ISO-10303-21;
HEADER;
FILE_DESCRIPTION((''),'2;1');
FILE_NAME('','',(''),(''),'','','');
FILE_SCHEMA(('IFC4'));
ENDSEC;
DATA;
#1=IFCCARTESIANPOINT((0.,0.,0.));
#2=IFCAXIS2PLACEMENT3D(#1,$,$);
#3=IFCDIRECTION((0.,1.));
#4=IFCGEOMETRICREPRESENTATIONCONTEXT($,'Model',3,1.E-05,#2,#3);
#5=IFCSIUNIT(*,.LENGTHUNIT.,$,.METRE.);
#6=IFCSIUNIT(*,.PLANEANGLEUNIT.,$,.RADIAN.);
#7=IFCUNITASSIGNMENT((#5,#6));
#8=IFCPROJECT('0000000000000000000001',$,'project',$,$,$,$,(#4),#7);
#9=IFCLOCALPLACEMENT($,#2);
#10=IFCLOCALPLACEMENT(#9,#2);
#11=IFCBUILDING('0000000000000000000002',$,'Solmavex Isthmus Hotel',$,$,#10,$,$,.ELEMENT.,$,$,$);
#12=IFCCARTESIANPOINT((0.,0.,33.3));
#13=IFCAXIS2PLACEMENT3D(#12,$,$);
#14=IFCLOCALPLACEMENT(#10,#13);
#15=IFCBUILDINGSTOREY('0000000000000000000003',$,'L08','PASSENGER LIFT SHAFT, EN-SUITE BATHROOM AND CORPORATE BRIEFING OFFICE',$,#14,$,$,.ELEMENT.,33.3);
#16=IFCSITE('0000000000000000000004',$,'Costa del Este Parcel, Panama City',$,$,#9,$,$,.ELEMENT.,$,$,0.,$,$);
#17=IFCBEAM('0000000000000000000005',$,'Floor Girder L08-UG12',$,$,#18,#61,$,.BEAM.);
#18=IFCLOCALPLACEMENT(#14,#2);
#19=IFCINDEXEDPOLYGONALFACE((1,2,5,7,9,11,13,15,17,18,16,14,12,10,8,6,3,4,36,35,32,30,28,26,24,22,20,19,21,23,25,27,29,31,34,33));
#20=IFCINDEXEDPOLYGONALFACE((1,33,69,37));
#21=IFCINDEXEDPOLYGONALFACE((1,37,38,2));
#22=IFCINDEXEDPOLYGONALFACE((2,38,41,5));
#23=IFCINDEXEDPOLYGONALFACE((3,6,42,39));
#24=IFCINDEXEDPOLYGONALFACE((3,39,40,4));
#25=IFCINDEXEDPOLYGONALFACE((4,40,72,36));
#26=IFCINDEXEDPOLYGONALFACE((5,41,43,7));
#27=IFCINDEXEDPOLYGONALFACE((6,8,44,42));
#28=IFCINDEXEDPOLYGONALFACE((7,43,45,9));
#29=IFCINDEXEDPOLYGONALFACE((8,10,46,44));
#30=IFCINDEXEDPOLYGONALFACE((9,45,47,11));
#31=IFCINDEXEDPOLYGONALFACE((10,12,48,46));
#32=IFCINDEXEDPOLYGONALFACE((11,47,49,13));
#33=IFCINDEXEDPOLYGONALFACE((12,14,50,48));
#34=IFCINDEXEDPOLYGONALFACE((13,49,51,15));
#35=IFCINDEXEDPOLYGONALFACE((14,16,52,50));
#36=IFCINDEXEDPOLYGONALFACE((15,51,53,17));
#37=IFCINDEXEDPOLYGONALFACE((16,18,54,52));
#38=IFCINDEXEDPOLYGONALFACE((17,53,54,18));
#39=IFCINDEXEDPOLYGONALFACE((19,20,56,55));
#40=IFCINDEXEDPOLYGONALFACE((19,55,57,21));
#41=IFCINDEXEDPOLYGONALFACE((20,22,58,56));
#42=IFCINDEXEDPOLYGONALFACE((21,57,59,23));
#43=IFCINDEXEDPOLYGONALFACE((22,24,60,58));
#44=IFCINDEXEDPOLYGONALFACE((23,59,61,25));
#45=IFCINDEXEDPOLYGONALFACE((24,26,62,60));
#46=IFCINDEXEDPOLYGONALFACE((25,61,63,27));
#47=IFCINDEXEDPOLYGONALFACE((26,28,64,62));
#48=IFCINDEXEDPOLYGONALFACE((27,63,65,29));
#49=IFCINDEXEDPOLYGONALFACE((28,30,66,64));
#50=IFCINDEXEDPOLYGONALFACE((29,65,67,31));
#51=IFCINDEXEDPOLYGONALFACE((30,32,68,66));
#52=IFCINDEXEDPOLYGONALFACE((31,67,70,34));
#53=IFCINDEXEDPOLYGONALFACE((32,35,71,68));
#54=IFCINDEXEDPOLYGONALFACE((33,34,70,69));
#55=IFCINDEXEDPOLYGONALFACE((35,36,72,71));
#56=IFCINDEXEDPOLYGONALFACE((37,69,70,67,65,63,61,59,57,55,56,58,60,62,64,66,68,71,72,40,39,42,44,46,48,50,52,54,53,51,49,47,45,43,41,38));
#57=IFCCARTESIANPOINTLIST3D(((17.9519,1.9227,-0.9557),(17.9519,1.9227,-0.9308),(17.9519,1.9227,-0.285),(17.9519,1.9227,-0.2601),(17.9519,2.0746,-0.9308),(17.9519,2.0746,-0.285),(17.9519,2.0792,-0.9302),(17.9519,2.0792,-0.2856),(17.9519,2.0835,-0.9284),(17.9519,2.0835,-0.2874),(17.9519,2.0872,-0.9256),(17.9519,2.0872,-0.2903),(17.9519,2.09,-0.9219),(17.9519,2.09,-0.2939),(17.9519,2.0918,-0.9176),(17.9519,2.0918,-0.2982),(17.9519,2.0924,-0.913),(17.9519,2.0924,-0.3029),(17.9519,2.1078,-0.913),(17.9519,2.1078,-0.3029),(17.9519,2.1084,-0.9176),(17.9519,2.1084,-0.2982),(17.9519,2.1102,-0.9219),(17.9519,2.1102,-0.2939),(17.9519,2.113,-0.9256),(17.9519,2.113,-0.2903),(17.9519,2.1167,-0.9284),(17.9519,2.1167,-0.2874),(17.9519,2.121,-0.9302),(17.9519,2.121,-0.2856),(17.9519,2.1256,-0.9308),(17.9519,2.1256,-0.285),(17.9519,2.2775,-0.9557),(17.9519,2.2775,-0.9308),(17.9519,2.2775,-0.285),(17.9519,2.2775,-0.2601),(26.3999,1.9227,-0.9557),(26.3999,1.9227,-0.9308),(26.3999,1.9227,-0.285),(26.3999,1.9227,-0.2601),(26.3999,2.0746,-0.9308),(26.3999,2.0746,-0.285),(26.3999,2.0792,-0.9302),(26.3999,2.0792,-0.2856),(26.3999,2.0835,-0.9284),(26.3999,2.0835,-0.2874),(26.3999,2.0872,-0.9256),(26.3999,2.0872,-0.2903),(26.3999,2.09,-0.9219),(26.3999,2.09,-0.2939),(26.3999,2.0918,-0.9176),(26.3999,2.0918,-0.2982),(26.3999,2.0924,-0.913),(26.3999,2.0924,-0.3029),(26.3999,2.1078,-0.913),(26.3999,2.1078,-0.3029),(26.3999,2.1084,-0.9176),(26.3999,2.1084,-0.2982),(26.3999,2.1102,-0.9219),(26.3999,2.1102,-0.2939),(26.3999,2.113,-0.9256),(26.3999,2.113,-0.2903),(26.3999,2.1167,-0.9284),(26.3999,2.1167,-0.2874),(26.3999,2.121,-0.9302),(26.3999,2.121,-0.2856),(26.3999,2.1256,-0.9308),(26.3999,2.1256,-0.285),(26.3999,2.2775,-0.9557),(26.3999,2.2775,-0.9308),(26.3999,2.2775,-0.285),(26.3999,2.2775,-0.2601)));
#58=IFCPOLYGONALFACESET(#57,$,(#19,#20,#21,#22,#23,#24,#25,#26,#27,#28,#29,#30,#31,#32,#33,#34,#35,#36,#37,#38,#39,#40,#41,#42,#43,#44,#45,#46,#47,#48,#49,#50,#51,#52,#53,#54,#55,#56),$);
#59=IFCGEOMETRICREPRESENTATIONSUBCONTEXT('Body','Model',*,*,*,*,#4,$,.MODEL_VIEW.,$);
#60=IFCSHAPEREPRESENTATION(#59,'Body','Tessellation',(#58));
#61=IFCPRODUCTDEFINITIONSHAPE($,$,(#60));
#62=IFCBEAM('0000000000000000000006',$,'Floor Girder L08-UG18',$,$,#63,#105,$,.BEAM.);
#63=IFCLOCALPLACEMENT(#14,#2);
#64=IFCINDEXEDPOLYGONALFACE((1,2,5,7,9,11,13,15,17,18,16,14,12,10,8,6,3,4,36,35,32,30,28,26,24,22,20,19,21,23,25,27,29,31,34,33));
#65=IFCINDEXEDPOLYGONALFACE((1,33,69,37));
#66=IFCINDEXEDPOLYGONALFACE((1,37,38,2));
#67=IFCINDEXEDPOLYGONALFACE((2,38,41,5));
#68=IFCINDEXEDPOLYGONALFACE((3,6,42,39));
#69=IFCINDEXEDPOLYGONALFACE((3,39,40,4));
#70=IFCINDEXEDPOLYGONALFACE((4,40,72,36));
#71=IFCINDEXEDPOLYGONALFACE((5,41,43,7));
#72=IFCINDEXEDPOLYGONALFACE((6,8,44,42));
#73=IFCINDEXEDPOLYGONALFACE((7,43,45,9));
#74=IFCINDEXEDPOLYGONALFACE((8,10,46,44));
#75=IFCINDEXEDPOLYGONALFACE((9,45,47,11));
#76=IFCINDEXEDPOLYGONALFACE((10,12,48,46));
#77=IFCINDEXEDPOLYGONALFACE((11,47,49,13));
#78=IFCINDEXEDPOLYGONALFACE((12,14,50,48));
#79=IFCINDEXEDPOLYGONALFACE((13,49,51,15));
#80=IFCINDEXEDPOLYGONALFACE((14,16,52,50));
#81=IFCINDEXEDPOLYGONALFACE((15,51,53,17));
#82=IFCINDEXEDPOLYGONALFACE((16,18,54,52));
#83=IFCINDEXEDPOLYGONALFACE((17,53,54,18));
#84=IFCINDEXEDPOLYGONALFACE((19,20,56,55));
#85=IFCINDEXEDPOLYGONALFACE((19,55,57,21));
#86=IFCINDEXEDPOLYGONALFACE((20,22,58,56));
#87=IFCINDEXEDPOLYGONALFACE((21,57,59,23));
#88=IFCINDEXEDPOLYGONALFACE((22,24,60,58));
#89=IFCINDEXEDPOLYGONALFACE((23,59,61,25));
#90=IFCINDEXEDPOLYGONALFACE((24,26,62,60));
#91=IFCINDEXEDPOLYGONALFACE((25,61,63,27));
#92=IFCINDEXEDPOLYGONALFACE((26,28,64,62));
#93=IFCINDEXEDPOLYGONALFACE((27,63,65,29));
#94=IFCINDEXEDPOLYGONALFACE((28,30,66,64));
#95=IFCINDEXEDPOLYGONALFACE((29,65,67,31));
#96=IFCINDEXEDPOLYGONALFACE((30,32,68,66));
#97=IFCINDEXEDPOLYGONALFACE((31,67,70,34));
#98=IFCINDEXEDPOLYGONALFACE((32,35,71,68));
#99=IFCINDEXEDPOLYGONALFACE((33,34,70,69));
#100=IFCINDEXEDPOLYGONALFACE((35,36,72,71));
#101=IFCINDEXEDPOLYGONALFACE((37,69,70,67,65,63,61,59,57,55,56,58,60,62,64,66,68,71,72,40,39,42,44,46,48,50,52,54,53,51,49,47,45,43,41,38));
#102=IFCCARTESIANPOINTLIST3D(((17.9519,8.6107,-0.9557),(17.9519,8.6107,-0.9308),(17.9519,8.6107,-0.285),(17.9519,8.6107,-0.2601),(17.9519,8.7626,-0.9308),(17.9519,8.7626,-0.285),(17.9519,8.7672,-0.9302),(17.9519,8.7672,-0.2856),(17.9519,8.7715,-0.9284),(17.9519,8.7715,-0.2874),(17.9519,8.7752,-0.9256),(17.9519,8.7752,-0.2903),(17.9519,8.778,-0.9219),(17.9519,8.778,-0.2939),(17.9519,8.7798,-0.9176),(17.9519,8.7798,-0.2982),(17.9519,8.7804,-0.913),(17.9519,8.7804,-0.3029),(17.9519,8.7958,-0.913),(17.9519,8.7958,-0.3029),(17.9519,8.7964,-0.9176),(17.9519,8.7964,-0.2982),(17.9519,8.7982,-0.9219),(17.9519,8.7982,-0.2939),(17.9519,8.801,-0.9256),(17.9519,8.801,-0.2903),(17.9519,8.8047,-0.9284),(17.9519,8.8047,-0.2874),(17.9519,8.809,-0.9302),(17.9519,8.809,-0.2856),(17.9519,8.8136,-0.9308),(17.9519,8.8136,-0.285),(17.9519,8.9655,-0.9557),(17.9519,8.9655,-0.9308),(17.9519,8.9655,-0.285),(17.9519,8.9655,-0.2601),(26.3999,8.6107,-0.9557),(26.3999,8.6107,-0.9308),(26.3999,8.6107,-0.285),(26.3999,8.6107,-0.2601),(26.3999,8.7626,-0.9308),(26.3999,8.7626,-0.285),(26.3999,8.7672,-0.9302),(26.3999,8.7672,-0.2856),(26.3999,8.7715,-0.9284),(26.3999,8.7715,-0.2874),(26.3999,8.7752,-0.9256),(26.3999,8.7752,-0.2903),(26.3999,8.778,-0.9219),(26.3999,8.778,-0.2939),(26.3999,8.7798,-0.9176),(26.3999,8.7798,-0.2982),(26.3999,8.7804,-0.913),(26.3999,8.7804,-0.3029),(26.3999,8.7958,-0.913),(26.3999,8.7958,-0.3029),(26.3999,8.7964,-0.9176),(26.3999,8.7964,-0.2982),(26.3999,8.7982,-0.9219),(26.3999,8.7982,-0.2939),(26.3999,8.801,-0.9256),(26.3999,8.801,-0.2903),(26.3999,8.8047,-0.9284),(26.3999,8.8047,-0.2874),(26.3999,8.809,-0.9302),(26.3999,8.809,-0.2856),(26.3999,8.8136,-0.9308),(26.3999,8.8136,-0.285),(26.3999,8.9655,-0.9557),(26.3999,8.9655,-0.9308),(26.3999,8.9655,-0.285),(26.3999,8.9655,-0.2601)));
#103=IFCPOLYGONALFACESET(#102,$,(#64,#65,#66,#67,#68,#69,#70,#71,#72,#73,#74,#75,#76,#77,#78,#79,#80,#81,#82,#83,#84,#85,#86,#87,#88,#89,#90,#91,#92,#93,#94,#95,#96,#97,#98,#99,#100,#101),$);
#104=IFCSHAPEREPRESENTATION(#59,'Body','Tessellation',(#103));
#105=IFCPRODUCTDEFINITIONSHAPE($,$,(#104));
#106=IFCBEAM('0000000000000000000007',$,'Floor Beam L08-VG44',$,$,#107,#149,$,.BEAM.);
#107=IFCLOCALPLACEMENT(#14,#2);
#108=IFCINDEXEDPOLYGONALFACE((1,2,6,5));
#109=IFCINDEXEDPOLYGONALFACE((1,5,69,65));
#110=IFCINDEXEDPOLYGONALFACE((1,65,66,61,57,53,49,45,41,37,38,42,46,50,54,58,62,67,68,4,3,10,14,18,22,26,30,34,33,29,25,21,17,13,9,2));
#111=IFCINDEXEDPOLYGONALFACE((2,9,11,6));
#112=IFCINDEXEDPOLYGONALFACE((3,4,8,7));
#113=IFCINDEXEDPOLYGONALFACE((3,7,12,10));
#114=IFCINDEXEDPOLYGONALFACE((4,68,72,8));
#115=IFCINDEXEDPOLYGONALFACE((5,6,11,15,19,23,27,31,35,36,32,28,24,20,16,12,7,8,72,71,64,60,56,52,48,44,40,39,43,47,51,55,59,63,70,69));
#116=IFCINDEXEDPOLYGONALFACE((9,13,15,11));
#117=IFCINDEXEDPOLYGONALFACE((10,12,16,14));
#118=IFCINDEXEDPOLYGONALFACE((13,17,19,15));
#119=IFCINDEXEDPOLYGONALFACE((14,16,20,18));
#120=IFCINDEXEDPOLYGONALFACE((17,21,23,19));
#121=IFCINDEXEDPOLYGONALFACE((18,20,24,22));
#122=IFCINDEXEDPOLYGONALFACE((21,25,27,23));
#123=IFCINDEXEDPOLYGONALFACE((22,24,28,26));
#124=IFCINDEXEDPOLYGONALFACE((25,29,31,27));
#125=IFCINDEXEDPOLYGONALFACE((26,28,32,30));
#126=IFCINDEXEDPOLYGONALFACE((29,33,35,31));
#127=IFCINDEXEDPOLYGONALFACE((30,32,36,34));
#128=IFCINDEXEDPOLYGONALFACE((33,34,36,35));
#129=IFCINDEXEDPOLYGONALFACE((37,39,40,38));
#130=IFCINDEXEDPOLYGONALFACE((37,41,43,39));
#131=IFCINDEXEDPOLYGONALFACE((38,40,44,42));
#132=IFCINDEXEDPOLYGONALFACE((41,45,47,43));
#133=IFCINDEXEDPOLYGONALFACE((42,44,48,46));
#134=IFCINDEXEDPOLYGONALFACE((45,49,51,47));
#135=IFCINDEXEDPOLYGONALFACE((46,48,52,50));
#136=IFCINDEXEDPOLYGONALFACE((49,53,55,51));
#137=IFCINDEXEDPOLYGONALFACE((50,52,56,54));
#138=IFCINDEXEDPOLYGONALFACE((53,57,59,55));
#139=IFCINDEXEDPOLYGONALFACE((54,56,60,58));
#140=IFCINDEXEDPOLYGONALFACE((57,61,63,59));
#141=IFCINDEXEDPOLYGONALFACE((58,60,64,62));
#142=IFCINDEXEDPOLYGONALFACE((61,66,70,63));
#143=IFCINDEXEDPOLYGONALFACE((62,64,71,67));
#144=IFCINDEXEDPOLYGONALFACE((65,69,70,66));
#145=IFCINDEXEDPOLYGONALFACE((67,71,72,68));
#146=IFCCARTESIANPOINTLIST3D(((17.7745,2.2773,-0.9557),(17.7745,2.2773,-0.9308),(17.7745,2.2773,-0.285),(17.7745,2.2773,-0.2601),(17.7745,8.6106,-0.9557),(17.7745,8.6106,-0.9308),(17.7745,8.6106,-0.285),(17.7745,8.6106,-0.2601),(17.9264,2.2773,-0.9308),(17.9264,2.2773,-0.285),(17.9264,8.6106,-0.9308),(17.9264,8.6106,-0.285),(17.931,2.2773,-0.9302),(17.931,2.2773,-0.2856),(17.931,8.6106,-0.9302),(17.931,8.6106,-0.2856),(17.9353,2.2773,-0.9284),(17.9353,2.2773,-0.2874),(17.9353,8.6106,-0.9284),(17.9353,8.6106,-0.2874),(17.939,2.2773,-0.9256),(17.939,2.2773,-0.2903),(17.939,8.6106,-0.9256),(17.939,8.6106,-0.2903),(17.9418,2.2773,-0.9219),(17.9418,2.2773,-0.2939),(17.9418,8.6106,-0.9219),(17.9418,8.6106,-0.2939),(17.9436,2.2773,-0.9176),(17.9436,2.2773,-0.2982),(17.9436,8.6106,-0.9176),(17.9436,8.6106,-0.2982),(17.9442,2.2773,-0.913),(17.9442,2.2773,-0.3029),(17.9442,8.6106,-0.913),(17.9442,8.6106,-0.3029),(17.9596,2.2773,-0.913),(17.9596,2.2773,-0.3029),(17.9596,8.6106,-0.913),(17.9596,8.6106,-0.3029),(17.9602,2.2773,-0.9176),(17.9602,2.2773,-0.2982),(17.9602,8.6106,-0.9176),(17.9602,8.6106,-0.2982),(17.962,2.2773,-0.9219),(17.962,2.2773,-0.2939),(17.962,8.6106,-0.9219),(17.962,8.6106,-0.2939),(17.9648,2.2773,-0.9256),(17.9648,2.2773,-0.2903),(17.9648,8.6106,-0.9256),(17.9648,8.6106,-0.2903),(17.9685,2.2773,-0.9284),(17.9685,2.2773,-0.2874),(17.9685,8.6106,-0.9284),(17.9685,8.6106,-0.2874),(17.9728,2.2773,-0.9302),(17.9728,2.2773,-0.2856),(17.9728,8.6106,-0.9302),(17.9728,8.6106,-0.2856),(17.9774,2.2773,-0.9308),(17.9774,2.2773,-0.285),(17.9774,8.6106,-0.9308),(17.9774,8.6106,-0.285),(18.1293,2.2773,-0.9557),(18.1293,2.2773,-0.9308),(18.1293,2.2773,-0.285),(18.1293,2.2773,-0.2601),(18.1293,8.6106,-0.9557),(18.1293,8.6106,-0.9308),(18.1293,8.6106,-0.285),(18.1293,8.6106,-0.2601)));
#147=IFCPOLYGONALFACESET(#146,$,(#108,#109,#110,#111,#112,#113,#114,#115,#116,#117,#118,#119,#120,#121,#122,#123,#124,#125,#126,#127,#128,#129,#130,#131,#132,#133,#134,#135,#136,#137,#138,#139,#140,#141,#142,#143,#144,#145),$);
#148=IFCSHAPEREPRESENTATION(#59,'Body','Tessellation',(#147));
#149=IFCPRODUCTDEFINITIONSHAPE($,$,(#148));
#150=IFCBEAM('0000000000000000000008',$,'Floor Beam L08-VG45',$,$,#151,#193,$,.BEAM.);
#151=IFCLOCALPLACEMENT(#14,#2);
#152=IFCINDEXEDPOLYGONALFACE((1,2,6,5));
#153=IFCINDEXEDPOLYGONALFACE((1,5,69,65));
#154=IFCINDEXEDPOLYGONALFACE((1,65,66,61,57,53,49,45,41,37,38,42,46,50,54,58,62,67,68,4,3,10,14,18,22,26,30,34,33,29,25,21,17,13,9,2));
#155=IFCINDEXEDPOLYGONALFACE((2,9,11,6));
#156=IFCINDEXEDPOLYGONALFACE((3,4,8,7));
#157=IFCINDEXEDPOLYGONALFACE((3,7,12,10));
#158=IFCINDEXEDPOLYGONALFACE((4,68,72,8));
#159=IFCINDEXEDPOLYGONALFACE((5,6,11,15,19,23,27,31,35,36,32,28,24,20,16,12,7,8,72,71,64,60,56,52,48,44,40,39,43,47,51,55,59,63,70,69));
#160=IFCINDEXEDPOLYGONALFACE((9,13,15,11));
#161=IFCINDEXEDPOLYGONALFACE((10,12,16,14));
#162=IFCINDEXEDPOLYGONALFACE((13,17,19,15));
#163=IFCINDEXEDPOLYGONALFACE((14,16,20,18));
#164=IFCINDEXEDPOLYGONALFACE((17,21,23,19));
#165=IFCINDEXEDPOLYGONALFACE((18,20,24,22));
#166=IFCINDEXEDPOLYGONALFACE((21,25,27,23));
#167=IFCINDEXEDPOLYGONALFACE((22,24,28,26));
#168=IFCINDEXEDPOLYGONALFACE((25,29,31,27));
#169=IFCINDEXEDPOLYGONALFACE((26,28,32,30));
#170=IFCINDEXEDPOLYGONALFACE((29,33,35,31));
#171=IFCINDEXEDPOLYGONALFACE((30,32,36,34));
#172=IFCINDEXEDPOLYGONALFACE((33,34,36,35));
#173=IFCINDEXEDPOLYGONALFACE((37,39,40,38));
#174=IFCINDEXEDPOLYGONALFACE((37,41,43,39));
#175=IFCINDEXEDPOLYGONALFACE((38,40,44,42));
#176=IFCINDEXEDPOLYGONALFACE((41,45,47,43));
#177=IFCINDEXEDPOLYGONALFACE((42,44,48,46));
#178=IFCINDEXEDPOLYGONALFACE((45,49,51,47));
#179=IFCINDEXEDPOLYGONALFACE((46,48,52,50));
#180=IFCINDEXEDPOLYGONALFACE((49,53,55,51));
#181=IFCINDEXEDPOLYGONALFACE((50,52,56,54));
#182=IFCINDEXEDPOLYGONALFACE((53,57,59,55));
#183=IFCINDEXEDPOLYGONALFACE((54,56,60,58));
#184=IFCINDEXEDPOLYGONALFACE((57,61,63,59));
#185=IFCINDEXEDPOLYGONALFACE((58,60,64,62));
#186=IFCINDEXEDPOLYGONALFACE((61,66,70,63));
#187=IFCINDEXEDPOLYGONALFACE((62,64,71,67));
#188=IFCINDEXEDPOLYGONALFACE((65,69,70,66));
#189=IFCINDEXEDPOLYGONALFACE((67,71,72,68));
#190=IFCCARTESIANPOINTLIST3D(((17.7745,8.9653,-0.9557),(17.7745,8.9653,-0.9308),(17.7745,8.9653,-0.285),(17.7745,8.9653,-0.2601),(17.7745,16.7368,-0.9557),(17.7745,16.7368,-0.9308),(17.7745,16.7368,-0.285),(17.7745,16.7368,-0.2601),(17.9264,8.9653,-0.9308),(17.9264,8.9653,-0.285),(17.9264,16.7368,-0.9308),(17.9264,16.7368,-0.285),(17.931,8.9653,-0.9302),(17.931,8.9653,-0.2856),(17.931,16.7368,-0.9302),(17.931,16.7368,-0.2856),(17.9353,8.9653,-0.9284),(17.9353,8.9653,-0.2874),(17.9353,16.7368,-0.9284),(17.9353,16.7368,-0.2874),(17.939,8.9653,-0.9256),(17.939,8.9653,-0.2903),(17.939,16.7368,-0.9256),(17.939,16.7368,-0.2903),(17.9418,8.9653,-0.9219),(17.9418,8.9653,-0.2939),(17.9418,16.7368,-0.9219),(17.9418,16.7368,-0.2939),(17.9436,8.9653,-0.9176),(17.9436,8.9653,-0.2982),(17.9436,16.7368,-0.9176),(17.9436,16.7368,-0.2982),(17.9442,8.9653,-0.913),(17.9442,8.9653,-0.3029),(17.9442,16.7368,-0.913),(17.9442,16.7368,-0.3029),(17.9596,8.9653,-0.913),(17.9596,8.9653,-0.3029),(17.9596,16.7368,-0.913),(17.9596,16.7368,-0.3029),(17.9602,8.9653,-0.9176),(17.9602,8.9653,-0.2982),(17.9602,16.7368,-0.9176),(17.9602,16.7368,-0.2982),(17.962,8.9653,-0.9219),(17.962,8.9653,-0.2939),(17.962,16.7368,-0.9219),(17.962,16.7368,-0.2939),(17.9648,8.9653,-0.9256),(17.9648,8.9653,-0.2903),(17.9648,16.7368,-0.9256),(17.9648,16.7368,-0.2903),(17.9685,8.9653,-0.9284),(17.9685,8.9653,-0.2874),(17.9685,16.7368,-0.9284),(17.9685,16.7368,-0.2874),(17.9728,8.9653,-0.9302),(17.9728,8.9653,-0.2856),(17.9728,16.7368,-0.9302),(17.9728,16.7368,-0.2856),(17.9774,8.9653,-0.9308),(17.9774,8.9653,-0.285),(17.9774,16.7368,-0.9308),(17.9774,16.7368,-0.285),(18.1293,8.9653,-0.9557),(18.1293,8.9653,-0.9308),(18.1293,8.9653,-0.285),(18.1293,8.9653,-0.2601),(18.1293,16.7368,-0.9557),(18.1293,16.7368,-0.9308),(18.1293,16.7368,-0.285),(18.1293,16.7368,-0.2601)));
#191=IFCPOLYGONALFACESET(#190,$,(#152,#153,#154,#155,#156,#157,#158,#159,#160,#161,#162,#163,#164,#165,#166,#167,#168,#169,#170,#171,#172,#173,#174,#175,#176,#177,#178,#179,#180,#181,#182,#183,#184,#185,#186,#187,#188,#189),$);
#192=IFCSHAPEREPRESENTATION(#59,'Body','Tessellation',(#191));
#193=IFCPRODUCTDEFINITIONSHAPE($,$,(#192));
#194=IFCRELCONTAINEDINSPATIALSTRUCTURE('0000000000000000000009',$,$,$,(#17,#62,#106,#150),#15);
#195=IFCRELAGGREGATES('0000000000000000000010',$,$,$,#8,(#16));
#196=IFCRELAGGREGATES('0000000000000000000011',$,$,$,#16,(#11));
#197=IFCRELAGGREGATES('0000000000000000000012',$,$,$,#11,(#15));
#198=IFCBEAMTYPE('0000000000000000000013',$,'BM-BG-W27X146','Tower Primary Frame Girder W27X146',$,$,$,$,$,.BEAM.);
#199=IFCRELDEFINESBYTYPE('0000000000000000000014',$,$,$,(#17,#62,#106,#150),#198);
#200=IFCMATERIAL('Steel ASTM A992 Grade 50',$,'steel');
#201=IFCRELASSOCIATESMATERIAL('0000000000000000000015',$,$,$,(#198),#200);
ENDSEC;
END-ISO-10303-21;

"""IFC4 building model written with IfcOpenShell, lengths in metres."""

from ifc_helpers import new_model, si_unit, direction, frame, origin, origin_2d, place, context, subcontext, project, spatial, i_section, extrude, material, material_profile, profile_set, type_object, element, save


model = new_model("IFC4")

# Units and contexts
model_context = context("Model", 3, precision=1e-05, world=origin(), true_north=direction((0.0, 1.0)))
body_context = subcontext(model_context, "Body", "Model", "MODEL_VIEW")
ifc_project = project(units=[si_unit("LENGTHUNIT", "METRE"), si_unit("PLANEANGLEUNIT", "RADIAN")], contexts=[model_context])

# Site, building, storey
site_placement = place(None, origin())
site = spatial("IfcSite", under=ifc_project, at=site_placement, Name="Costa del Este Parcel, Panama City", CompositionType="ELEMENT", RefElevation=0.0)
building_placement = place(site_placement, origin())
building = spatial("IfcBuilding", under=site, at=building_placement, Name="Solmavex Isthmus Hotel", CompositionType="ELEMENT")
storey_placement = place(building_placement, frame((0.0, 0.0, 33.3)))
storey = spatial("IfcBuildingStorey", under=building, at=storey_placement, Name="L08", Description="PASSENGER LIFT SHAFT, EN-SUITE BATHROOM AND CORPORATE BRIEFING OFFICE", CompositionType="ELEMENT", Elevation=33.3)

# Beams
ifc_material_1 = material(Name="Steel ASTM A992 Grade 50", Category="steel")
ifc_material_profile_1 = material_profile(ifc_material_1, i_section(OverallWidth=0.3547, OverallDepth=0.6956, WebThickness=0.0154, FlangeThickness=0.0249, FilletRadius=0.0178, at=origin_2d()), Name="W27X146")
ifc_profile_set_1 = profile_set([ifc_material_profile_1], Name="Steel ASTM A992 Grade 50")
beam_type_1 = type_object("IfcBeamType", Name="BM-BG-W27X146", Description="Tower Primary Frame Girder W27X146", PredefinedType="BEAM", material=ifc_profile_set_1)
for number, where, z_axis, x_axis, name in (
    (1, (17.9519, 2.1001, -0.6079), (1.0, 0.0, 0.0), (0.0, 1.0, 0.0), "Floor Girder L08-UG12"),
    (2, (17.9519, 8.7881, -0.6079), (1.0, 0.0, 0.0), (0.0, 1.0, 0.0), "Floor Girder L08-UG18"),
):
    element("IfcBeam", number, at=place(storey_placement, frame(where, z_axis=z_axis, x_axis=x_axis)), inside=storey, type_object=beam_type_1, Name=name, PredefinedType="BEAM", context=body_context, shape_type="SweptSolid", body=[
        extrude(i_section(OverallWidth=0.3547, OverallDepth=0.6956, WebThickness=0.0154, FlangeThickness=0.0249, FilletRadius=0.0178, at=origin_2d()), origin(), (0.0, 0.0, 1.0), 8.448),
    ])
beam_1_placement = place(storey_placement, frame((17.9519, 2.2773, -0.6079), z_axis=(0.0, 1.0, 0.0), x_axis=(-1.0, 0.0, 0.0)))
element("IfcBeam", 3, at=beam_1_placement, inside=storey, type_object=beam_type_1, Name="Floor Beam L08-VG44", PredefinedType="BEAM", context=body_context, shape_type="SweptSolid", body=[
    extrude(i_section(OverallWidth=0.3547, OverallDepth=0.6956, WebThickness=0.0154, FlangeThickness=0.0249, FilletRadius=0.0178, at=origin_2d()), origin(), (0.0, 0.0, 1.0), 6.3333),
])
beam_2_placement = place(storey_placement, frame((17.9519, 8.9653, -0.6079), z_axis=(0.0, 1.0, 0.0), x_axis=(-1.0, 0.0, 0.0)))
element("IfcBeam", 4, at=beam_2_placement, inside=storey, type_object=beam_type_1, Name="Floor Beam L08-VG45", PredefinedType="BEAM", context=body_context, shape_type="SweptSolid", body=[
    extrude(i_section(OverallWidth=0.3547, OverallDepth=0.6956, WebThickness=0.0154, FlangeThickness=0.0249, FilletRadius=0.0178, at=origin_2d()), origin(), (0.0, 0.0, 1.0), 7.7715),
])

save(model, "model.ifc")
